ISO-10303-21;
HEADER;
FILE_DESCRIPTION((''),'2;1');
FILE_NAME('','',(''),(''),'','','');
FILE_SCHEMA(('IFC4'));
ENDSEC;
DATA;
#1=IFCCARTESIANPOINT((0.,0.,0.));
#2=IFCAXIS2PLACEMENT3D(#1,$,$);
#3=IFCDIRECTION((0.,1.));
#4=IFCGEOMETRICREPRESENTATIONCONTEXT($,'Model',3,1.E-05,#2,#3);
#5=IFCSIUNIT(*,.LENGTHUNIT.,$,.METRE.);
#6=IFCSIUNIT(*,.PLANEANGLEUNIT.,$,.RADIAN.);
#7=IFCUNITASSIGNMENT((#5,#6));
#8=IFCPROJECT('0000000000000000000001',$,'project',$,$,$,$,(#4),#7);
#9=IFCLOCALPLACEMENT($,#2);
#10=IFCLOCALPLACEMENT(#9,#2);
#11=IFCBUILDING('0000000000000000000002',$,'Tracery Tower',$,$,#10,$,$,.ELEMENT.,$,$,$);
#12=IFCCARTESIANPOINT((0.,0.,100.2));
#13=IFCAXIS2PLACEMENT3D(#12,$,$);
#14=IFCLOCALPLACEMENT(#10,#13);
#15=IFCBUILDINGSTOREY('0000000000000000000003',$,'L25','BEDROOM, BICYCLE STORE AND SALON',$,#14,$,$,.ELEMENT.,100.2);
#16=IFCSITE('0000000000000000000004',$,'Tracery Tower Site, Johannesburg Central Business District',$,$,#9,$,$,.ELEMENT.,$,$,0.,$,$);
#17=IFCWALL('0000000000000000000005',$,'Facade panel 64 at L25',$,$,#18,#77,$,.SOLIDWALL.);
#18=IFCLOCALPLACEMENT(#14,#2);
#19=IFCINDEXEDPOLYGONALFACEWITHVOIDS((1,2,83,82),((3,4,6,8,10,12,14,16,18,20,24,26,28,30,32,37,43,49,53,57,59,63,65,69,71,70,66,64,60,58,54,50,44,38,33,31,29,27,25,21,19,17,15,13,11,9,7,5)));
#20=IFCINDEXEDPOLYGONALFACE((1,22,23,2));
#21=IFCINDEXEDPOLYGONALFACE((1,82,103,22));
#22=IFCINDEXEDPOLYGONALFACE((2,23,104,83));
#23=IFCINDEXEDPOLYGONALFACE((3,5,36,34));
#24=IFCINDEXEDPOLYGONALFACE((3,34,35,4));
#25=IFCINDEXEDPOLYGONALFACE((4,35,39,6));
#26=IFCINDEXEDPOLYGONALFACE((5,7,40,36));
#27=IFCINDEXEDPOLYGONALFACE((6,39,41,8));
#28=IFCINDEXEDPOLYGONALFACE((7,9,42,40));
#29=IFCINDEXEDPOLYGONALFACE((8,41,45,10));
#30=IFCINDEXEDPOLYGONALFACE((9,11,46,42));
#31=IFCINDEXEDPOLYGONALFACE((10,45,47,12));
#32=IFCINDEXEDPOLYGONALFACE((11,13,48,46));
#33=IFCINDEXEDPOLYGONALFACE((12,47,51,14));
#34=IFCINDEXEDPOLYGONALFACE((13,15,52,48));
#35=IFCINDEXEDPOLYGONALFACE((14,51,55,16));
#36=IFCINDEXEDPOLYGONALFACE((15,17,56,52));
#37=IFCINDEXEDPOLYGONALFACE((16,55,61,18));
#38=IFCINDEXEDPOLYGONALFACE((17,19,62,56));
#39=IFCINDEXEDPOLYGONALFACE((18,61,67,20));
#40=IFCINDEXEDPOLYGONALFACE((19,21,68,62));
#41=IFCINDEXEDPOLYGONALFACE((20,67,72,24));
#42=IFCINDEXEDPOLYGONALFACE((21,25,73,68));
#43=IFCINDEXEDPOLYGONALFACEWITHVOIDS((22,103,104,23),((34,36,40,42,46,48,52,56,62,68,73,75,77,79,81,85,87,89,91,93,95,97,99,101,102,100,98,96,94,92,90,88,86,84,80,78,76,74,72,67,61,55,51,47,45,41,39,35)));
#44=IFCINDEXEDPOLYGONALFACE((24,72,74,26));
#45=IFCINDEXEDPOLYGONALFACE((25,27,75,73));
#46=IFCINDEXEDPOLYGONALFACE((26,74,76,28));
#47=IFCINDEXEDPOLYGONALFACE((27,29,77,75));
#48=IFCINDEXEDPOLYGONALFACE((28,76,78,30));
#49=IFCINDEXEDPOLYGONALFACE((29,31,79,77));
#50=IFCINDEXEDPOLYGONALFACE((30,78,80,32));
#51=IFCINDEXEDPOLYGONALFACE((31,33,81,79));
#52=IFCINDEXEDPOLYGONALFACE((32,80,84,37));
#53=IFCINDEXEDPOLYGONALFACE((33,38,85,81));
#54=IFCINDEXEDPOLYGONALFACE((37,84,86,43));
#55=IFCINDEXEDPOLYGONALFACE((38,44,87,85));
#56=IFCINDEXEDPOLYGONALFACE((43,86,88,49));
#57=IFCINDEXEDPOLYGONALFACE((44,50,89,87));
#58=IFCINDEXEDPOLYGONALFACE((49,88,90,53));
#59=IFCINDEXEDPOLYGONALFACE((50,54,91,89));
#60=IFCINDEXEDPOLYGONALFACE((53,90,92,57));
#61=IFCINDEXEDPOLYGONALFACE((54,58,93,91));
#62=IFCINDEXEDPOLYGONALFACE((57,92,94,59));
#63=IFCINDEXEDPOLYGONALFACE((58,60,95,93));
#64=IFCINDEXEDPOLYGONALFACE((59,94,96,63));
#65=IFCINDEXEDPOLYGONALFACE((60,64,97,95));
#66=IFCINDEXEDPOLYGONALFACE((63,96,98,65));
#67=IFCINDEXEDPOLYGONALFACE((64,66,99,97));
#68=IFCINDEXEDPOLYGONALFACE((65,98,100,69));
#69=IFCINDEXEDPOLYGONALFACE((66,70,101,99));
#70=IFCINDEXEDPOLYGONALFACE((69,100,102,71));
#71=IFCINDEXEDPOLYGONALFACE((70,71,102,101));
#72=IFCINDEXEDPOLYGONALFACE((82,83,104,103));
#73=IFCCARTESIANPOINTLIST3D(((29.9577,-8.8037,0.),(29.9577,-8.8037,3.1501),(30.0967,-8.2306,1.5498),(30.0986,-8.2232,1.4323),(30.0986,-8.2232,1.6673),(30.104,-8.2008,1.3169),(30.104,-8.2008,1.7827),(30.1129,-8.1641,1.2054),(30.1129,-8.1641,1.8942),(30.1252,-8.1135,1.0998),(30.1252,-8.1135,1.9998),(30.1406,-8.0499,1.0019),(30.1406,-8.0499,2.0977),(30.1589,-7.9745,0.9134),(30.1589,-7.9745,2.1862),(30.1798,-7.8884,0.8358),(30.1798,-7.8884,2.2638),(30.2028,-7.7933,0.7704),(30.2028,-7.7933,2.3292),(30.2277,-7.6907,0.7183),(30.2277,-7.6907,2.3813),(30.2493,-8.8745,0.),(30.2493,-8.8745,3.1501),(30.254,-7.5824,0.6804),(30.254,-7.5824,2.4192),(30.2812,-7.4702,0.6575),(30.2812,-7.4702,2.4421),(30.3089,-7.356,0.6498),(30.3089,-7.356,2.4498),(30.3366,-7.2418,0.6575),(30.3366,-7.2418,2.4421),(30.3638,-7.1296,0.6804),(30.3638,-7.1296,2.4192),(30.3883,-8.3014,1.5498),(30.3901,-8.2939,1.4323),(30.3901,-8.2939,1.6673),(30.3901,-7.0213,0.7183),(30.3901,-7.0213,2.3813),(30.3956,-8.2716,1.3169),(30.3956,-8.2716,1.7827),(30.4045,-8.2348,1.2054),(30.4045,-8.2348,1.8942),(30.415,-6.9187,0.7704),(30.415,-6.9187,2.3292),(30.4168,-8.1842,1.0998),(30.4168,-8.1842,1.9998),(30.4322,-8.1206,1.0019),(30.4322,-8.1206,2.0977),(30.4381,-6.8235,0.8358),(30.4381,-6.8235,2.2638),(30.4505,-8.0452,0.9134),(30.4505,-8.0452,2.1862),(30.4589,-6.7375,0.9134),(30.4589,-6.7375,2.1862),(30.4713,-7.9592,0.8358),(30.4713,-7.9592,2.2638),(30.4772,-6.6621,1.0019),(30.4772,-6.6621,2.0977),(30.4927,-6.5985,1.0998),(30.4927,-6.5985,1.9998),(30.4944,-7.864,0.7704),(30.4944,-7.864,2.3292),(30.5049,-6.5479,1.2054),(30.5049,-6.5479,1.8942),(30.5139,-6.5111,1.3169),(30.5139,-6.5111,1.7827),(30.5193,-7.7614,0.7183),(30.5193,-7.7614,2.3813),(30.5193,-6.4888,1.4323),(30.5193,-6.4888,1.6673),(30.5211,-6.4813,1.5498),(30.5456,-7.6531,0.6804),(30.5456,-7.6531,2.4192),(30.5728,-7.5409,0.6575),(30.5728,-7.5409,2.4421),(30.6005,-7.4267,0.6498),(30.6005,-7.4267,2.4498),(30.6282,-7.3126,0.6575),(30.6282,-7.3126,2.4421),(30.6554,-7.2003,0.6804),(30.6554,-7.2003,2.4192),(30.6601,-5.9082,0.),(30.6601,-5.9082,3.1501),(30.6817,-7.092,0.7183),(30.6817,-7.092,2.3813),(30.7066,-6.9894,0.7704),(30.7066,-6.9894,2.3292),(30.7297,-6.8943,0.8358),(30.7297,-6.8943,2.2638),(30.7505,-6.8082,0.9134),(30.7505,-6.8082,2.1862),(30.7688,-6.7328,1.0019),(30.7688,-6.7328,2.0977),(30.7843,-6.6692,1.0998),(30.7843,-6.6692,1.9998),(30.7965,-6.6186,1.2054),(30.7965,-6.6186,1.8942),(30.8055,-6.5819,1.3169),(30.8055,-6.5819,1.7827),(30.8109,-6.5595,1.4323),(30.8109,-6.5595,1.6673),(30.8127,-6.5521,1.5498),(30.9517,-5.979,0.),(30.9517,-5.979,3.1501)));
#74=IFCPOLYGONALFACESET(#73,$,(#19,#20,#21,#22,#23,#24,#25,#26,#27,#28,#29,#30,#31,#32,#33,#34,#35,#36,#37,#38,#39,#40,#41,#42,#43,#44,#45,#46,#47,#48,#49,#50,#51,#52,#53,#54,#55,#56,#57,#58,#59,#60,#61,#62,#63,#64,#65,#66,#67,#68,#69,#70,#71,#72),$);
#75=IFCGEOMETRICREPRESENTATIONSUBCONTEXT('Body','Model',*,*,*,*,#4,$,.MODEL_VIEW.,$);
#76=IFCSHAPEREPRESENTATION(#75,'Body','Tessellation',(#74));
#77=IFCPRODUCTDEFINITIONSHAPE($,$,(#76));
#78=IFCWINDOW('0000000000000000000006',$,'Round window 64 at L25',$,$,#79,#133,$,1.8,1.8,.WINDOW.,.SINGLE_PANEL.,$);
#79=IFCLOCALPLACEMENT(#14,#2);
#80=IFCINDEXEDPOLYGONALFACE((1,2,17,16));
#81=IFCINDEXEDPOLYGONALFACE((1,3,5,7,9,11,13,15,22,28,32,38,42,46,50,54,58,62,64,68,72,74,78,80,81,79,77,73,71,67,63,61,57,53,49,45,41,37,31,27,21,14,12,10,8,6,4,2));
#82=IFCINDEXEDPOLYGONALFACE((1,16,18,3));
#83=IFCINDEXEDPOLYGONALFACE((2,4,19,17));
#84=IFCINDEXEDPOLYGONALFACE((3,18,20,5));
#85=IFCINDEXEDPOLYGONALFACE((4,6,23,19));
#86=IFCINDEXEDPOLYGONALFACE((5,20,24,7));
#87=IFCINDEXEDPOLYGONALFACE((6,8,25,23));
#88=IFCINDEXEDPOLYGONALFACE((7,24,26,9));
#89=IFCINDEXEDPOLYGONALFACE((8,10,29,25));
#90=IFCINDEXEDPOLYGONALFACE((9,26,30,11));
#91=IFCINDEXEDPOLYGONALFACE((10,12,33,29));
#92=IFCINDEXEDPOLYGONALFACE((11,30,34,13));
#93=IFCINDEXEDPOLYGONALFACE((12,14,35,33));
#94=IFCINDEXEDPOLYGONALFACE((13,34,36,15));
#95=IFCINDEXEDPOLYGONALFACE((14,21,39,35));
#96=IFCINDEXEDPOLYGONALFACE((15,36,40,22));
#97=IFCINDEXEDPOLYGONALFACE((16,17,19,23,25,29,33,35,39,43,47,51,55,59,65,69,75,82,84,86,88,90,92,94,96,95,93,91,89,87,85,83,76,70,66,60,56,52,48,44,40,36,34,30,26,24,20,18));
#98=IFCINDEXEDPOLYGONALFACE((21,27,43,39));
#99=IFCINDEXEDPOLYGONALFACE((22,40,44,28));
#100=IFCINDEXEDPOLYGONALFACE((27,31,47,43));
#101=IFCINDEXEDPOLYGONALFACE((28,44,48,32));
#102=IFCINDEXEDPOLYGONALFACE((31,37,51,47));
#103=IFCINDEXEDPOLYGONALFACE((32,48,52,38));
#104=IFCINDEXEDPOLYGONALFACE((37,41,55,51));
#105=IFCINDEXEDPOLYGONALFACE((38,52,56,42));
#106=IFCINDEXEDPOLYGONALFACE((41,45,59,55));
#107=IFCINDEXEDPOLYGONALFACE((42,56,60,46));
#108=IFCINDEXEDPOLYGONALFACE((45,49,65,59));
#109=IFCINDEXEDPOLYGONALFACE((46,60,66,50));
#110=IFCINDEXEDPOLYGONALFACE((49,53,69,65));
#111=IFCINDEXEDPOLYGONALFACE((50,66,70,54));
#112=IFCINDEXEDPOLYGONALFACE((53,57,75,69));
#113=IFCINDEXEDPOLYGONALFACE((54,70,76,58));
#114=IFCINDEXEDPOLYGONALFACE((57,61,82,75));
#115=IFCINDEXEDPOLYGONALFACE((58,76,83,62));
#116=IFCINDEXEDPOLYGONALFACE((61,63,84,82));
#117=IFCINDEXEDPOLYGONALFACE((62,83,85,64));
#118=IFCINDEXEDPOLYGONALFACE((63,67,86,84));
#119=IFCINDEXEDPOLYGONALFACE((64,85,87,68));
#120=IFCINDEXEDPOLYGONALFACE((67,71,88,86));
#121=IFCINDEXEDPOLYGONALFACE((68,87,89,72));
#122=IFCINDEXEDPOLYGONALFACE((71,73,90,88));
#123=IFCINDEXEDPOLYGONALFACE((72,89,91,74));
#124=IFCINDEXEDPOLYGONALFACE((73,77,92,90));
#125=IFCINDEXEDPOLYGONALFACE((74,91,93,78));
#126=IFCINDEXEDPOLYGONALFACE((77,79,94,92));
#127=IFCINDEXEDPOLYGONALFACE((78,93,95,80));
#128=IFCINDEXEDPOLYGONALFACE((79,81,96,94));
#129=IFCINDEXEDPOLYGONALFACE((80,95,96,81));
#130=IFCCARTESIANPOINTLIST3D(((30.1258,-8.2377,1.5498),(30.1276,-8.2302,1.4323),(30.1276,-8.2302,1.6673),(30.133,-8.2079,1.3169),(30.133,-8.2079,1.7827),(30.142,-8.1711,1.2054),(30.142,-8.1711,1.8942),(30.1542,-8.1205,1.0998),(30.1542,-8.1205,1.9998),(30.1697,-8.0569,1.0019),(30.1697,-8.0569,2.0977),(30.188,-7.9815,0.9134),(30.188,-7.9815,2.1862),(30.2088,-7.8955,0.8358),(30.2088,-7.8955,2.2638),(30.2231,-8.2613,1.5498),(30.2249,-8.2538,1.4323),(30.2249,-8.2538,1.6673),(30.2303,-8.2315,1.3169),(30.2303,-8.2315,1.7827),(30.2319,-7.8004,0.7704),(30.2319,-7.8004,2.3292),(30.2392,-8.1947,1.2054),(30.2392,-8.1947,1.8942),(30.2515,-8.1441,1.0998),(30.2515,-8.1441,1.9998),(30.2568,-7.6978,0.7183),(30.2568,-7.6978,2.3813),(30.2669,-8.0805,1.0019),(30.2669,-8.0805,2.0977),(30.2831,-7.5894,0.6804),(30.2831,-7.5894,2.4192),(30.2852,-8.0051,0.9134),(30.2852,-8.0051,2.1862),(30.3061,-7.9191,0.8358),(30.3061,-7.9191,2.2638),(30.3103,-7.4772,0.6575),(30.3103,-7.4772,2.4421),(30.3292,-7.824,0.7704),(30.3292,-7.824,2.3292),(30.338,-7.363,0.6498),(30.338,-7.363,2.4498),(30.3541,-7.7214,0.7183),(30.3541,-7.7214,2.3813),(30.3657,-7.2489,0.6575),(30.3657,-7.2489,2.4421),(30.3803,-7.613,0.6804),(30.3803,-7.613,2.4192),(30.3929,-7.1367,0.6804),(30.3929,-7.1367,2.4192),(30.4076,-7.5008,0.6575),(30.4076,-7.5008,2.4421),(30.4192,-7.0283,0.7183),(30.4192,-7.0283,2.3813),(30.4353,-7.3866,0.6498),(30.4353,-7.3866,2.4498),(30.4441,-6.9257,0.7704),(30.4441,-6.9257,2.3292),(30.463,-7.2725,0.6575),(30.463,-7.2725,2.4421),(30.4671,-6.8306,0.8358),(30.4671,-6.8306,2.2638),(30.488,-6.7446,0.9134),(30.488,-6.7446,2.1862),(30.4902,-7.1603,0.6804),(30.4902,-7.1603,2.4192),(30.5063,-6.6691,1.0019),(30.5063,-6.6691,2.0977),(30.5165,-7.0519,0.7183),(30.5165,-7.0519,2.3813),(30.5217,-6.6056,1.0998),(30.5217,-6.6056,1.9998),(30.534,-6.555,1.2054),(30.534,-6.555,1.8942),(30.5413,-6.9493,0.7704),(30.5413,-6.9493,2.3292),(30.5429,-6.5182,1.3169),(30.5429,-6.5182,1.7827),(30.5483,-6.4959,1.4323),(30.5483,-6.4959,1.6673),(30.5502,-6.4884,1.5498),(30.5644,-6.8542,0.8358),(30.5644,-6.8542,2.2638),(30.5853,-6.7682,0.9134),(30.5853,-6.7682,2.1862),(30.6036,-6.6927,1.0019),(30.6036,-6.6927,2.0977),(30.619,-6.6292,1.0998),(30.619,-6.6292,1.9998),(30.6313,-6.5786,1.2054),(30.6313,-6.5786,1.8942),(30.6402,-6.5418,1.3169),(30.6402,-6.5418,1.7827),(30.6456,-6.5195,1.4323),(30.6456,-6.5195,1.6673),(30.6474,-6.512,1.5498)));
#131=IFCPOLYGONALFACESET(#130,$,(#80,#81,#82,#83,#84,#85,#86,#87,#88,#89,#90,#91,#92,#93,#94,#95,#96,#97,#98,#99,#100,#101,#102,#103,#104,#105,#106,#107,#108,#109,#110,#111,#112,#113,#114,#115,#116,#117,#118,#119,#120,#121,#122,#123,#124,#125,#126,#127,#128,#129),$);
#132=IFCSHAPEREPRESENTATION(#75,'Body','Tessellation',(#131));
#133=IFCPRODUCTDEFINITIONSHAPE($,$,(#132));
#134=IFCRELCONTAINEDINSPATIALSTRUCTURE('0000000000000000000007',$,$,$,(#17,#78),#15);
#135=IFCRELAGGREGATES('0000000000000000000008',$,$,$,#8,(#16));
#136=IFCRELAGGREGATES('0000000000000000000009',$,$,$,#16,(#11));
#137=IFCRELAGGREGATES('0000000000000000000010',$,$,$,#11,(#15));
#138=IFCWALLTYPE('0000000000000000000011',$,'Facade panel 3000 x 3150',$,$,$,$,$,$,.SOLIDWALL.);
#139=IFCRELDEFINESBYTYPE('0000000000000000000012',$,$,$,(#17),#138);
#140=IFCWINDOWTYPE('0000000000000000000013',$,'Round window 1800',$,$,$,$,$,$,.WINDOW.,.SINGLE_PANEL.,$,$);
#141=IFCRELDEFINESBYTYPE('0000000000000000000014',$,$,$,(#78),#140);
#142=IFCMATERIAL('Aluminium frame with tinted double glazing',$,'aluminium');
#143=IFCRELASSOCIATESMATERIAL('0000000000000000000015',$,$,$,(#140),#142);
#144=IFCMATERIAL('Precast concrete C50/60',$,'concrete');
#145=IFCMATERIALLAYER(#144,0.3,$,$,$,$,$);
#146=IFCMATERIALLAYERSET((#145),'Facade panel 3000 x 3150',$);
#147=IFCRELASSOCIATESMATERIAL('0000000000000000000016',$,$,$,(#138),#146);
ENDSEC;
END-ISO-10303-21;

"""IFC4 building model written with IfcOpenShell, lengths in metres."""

from ifc_helpers import new_model, si_unit, direction, frame, frame_2d, origin, origin_2d, place, context, subcontext, project, spatial, rectangle, circle, extrude, material, layer, layer_set, type_object, element, fill, save


model = new_model("IFC4")

# Units and contexts
model_context = context("Model", 3, precision=1e-05, world=origin(), true_north=direction((0.0, 1.0)))
body_context = subcontext(model_context, "Body", "Model", "MODEL_VIEW")
ifc_project = project(units=[si_unit("LENGTHUNIT", "METRE"), si_unit("PLANEANGLEUNIT", "RADIAN")], contexts=[model_context])

# Site, building, storey
site_placement = place(None, origin())
site = spatial("IfcSite", under=ifc_project, at=site_placement, Name="Tracery Tower Site, Johannesburg Central Business District", CompositionType="ELEMENT", RefElevation=0.0)
building_placement = place(site_placement, origin())
building = spatial("IfcBuilding", under=site, at=building_placement, Name="Tracery Tower", CompositionType="ELEMENT")
storey_placement = place(building_placement, frame((0.0, 0.0, 100.2)))
storey = spatial("IfcBuildingStorey", under=building, at=storey_placement, Name="L25", Description="BEDROOM, BICYCLE STORE AND SALON", CompositionType="ELEMENT", Elevation=100.2)

# Wall, opening, window
ifc_material_1 = material(Name="Aluminium frame with tinted double glazing", Category="aluminium")
window_type = type_object("IfcWindowType", Name="Round window 1800", PartitioningType="SINGLE_PANEL", PredefinedType="WINDOW", material=ifc_material_1)
ifc_material_2 = material(Name="Precast concrete C50/60", Category="concrete")
ifc_layer_1 = layer(ifc_material_2, 0.3)
ifc_layer_set_1 = layer_set([ifc_layer_1], Name="Facade panel 3000 x 3150")
wall_type_1 = type_object("IfcWallType", Name="Facade panel 3000 x 3150", PredefinedType="SOLIDWALL", material=ifc_layer_set_1)
wall_1_placement = place(storey_placement, frame((30.1035, -8.8391, 0.0), z_axis=(0.0, 0.0, 1.0), x_axis=(0.235743, 0.971815, 0.0)))
wall_1 = element("IfcWall", 1, at=wall_1_placement, inside=storey, type_object=wall_type_1, Name="Facade panel 64 at L25", PredefinedType="SOLIDWALL", context=body_context, shape_type="SweptSolid", body=[
    extrude(rectangle(XDim=2.9795, YDim=0.3, at=frame_2d((1.4897, 0.0))), origin(), (0.0, 0.0, 1.0), 3.1501),
])
opening_1_placement = place(wall_1_placement, frame((1.4897, 0.0, 1.5498)))
opening_1 = element("IfcOpeningElement", 2, at=opening_1_placement, cuts=wall_1, PredefinedType="OPENING", context=body_context, shape_type="SweptSolid", body=[
    extrude(circle(Radius=0.9, at=origin_2d()), frame((0.0, 0.1599, 0.0), z_axis=(0.0, -1.0, 0.0), x_axis=(1.0, 0.0, 0.0)), (0.0, 0.0, 1.0), 0.3201),
])
window_1_placement = place(opening_1_placement, origin())
window_1 = element("IfcWindow", 3, at=window_1_placement, inside=storey, type_object=window_type, Name="Round window 64 at L25", OverallHeight=1.8, OverallWidth=1.8, PartitioningType="SINGLE_PANEL", PredefinedType="WINDOW", context=body_context, shape_type="SweptSolid", body=[
    extrude(circle(Radius=0.9, at=origin_2d()), frame((0.0, 0.1201, 0.0), z_axis=(0.0, -1.0, 0.0), x_axis=(1.0, 0.0, 0.0)), (0.0, 0.0, 1.0), 0.1001),
])
fill(opening_1, window_1)

save(model, "model.ifc")
